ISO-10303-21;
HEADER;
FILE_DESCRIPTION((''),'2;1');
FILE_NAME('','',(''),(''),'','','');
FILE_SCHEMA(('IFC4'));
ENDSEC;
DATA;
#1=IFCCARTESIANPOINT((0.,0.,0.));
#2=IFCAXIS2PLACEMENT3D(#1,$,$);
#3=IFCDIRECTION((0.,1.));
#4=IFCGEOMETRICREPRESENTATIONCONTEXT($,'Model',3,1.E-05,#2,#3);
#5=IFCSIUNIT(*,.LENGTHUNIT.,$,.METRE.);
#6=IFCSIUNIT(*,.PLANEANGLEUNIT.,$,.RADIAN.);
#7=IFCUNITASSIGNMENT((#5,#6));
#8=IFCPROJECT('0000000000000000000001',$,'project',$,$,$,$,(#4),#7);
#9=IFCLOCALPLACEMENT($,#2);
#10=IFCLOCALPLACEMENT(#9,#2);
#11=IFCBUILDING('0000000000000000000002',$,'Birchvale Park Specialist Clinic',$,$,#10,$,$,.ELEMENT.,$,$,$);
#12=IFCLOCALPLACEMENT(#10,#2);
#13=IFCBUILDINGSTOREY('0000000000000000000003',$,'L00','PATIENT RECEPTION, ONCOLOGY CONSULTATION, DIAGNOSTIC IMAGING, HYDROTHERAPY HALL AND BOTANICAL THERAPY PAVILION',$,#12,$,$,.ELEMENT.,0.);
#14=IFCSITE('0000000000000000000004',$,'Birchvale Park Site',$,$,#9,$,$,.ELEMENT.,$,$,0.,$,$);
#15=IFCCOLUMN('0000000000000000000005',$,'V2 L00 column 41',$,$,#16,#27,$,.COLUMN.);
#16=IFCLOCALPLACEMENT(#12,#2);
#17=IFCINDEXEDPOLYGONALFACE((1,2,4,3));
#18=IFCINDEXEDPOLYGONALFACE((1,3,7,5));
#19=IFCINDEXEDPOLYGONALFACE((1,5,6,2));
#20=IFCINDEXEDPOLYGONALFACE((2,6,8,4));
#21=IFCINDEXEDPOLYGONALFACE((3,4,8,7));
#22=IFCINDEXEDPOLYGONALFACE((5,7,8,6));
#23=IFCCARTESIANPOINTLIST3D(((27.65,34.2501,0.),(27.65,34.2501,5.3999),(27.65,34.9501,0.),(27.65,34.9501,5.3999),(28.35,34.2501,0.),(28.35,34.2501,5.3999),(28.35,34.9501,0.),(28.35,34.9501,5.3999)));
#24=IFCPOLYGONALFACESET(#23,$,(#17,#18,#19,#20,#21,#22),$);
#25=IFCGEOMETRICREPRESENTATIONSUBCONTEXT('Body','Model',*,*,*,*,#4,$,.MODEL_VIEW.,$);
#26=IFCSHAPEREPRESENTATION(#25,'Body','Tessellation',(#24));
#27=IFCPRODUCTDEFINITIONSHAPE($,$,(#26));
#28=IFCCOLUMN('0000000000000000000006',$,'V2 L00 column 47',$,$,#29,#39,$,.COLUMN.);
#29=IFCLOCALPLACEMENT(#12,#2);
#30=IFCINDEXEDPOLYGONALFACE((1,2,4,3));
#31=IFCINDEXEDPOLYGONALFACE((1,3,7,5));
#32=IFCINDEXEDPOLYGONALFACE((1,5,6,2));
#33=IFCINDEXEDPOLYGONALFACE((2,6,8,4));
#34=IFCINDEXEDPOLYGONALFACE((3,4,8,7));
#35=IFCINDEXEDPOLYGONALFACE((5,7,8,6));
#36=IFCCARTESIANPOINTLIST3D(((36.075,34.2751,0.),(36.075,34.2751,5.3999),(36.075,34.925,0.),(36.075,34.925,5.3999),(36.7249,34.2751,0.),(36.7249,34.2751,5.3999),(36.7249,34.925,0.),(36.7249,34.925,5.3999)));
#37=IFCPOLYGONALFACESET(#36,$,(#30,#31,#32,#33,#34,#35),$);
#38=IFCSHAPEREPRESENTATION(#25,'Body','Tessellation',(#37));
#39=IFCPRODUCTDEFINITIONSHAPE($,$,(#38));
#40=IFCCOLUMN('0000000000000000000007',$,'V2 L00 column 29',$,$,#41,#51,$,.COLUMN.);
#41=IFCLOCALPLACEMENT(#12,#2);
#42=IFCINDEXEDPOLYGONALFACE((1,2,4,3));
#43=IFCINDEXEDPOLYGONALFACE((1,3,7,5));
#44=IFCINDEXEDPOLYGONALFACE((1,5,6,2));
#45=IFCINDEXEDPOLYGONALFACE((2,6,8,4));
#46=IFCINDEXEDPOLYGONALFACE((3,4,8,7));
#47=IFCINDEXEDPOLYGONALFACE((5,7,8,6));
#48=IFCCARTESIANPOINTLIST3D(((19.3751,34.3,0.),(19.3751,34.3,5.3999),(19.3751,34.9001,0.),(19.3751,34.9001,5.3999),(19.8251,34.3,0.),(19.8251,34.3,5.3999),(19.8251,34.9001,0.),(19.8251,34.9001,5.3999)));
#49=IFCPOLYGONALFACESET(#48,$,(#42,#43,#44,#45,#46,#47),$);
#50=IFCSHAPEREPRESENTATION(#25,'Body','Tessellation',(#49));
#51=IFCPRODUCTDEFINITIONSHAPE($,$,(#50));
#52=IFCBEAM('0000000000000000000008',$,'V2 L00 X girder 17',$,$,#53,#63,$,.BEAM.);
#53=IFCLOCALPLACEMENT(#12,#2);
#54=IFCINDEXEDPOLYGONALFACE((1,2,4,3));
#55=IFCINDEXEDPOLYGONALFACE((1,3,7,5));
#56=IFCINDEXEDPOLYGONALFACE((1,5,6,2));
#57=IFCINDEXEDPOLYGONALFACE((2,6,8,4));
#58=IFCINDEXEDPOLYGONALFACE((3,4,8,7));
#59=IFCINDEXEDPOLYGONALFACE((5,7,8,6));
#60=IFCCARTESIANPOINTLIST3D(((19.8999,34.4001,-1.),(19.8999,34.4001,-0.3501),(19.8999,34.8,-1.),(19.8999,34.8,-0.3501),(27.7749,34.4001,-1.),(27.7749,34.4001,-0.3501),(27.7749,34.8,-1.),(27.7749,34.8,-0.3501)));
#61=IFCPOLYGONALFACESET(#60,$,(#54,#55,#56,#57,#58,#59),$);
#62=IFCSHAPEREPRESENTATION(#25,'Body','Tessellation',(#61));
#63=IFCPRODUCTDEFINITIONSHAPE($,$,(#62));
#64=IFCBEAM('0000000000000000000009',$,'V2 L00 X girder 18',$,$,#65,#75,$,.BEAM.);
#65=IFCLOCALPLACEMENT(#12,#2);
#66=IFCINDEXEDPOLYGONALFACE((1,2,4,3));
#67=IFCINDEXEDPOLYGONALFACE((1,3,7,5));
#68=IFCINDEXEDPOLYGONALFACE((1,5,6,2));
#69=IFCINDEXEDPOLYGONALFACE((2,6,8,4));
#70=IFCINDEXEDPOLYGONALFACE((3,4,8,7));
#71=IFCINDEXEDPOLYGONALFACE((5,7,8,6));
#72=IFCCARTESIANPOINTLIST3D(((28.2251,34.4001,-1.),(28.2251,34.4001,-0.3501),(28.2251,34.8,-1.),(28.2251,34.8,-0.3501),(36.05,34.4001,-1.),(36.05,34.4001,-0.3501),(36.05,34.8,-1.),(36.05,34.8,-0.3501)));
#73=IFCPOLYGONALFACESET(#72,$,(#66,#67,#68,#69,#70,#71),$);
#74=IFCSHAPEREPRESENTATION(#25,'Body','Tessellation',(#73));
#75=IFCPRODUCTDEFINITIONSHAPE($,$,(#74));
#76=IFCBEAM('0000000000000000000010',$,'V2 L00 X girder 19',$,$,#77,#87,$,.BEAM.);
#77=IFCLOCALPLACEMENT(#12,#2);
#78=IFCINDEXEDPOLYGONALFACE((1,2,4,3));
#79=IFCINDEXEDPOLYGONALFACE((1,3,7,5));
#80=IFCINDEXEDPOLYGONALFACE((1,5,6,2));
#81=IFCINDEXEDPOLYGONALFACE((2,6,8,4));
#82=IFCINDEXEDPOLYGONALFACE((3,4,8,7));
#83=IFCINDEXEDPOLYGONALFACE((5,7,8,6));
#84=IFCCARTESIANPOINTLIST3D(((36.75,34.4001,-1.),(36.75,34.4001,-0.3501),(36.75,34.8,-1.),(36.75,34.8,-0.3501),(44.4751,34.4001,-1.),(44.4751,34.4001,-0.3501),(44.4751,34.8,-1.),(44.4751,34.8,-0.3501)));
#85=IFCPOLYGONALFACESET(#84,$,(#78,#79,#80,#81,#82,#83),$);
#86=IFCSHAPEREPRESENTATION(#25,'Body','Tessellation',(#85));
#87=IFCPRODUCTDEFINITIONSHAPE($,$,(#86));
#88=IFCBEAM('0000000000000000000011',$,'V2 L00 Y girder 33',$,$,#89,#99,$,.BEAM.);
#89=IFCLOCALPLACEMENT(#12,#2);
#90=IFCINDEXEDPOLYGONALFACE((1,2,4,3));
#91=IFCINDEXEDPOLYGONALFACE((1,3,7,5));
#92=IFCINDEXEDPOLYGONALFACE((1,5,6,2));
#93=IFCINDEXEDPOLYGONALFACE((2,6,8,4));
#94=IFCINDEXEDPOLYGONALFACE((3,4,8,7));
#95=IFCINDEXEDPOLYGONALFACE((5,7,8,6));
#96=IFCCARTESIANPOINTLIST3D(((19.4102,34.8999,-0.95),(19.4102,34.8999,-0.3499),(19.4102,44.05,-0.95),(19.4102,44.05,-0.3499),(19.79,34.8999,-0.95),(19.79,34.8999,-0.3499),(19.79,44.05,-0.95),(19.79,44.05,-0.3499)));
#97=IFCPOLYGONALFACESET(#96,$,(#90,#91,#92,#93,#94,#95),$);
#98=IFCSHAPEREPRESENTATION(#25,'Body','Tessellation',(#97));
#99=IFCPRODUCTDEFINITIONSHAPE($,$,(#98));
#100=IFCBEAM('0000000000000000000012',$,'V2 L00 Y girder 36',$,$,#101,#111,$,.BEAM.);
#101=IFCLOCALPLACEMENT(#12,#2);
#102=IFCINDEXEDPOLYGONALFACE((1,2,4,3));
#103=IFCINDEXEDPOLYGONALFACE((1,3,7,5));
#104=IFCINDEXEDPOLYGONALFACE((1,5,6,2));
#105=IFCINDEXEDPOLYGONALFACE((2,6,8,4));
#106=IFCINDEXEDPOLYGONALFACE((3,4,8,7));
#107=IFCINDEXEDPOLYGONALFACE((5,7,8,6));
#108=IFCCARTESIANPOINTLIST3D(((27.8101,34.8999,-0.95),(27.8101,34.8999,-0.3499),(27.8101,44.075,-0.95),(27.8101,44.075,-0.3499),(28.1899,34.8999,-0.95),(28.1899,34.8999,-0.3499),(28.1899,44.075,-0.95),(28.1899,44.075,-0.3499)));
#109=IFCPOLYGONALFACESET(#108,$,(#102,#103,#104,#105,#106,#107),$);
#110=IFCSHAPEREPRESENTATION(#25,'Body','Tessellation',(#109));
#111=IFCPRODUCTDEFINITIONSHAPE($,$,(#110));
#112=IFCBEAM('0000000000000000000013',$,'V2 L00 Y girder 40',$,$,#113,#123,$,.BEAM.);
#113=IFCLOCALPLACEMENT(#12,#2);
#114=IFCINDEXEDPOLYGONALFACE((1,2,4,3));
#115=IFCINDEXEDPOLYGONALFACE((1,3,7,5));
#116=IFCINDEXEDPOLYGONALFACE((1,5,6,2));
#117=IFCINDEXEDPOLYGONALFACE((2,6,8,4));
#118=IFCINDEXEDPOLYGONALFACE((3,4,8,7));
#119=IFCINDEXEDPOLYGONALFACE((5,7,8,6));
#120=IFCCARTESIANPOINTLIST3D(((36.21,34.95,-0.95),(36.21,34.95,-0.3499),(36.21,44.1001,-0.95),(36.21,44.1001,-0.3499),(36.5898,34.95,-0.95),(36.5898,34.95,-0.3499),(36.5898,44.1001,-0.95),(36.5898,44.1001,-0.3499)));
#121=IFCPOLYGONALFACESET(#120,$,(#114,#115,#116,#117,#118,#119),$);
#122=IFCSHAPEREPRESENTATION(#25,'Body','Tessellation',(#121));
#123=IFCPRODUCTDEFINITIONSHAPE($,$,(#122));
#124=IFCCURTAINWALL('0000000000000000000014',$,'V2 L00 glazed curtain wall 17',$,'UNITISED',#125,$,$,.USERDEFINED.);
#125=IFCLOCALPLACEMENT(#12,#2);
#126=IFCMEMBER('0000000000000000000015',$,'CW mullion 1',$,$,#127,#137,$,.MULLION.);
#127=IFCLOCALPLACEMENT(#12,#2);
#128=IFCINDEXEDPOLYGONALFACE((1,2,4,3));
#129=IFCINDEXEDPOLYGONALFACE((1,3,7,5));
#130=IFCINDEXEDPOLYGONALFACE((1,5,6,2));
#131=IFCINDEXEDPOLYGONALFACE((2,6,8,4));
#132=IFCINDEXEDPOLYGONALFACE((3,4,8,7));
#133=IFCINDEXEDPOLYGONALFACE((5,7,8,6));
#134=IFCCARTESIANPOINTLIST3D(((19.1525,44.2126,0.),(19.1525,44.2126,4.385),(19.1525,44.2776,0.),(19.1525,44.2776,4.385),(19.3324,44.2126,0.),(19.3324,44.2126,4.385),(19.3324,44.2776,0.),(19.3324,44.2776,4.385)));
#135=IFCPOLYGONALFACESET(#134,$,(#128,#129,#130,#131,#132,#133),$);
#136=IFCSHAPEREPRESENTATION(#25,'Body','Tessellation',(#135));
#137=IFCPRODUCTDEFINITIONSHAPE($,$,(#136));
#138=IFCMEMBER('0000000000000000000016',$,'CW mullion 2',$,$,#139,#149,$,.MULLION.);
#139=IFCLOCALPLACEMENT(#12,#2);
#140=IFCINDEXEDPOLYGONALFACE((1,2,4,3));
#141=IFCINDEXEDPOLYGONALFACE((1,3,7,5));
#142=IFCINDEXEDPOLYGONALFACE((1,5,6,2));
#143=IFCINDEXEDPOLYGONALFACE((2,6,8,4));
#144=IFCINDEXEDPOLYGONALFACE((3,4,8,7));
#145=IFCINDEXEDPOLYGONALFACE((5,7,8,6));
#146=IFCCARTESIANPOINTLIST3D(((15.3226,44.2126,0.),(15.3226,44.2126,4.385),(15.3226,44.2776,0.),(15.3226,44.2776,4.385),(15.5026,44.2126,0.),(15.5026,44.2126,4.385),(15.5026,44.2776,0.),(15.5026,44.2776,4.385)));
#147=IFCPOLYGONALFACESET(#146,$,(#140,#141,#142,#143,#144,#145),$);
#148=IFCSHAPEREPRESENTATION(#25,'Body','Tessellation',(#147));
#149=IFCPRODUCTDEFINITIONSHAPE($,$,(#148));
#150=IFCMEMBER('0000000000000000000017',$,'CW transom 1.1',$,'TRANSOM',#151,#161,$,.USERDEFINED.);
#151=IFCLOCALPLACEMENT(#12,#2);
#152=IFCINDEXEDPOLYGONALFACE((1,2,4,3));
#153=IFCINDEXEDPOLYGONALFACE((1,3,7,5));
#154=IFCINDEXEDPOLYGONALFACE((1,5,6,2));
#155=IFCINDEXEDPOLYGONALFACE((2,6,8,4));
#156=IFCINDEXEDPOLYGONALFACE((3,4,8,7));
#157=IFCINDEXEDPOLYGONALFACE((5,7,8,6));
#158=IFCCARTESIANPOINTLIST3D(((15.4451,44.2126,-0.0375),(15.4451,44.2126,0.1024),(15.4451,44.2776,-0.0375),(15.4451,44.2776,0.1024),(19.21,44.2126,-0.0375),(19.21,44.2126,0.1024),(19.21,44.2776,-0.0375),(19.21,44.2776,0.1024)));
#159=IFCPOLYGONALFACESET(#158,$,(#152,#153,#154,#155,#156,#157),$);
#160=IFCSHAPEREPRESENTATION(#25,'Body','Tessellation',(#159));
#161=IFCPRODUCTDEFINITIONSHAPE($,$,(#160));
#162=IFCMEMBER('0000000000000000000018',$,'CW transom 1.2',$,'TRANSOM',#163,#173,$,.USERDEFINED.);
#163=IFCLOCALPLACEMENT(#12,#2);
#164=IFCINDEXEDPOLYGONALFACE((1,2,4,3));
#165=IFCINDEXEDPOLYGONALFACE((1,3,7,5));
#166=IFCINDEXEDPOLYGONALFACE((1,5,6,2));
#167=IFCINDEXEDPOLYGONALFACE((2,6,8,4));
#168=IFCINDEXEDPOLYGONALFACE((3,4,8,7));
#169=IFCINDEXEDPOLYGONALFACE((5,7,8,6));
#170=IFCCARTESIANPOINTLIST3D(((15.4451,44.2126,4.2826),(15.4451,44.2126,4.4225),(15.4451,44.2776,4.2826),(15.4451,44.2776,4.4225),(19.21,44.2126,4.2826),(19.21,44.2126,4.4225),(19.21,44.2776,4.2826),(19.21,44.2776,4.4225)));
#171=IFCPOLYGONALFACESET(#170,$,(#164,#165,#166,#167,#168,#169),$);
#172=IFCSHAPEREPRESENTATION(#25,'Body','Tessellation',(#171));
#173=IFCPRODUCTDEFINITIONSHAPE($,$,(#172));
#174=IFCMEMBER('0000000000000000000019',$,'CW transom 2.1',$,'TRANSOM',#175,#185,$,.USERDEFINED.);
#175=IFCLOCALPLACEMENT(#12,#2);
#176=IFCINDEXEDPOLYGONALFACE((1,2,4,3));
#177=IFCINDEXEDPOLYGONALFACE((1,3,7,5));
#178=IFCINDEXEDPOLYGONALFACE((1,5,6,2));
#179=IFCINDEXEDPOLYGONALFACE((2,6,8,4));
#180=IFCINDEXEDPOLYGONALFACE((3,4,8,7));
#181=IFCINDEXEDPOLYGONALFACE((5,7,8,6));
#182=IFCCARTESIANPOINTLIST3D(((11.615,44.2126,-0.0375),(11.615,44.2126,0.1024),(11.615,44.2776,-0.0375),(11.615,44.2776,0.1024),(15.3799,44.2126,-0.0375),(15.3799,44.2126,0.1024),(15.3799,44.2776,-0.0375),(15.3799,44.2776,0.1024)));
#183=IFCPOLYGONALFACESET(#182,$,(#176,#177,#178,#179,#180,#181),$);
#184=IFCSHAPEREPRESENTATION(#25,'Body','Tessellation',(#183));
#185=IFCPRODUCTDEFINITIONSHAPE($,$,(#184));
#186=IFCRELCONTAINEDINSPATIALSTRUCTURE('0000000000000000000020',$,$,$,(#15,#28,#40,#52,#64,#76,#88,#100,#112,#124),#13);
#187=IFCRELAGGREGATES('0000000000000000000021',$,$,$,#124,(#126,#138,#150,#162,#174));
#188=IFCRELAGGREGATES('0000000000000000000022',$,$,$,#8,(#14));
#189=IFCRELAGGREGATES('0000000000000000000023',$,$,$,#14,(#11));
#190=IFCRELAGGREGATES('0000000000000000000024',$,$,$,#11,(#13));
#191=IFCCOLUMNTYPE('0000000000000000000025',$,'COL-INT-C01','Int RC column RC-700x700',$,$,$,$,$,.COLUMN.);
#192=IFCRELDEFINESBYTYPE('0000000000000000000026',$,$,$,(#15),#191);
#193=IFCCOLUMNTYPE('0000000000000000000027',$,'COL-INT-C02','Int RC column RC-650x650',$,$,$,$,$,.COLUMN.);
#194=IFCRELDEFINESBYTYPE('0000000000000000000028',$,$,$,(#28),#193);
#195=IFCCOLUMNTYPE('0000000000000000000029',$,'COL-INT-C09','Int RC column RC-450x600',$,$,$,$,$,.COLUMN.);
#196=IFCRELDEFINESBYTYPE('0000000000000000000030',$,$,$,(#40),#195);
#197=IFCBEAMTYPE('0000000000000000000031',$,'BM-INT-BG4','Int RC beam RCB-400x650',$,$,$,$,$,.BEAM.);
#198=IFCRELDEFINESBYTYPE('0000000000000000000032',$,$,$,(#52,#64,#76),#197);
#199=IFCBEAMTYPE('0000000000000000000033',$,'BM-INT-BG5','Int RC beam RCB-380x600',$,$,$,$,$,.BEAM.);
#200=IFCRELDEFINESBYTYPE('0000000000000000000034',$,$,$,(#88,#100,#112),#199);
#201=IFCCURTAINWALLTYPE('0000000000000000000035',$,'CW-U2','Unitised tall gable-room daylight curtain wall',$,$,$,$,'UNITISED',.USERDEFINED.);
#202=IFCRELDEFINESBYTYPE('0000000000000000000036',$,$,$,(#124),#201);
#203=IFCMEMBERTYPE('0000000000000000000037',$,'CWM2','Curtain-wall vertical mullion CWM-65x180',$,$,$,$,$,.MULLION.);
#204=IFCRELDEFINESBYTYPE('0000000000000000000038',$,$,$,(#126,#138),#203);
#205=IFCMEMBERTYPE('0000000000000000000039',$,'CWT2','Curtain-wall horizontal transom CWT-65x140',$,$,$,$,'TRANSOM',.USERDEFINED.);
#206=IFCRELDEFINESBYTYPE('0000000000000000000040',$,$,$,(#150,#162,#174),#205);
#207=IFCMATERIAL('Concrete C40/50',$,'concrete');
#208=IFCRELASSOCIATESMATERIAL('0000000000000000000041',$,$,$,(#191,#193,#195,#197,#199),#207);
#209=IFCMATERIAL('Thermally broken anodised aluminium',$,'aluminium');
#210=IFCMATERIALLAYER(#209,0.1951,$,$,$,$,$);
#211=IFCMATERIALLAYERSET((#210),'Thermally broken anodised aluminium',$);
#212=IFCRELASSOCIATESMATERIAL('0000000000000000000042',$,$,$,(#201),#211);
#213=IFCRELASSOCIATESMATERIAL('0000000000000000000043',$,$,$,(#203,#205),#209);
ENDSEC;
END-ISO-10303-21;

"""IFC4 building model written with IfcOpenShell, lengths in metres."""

from ifc_helpers import new_model, si_unit, direction, frame, origin, origin_2d, place, context, subcontext, project, spatial, rectangle, extrude, material, layer, layer_set, material_profile, profile_set, type_object, element, aggregate, save


model = new_model("IFC4")

# Units and contexts
model_context = context("Model", 3, precision=1e-05, world=origin(), true_north=direction((0.0, 1.0)))
body_context = subcontext(model_context, "Body", "Model", "MODEL_VIEW")
ifc_project = project(units=[si_unit("LENGTHUNIT", "METRE"), si_unit("PLANEANGLEUNIT", "RADIAN")], contexts=[model_context])

# Site, building, storey
site_placement = place(None, origin())
site = spatial("IfcSite", under=ifc_project, at=site_placement, Name="Birchvale Park Site", CompositionType="ELEMENT", RefElevation=0.0)
building_placement = place(site_placement, origin())
building = spatial("IfcBuilding", under=site, at=building_placement, Name="Birchvale Park Specialist Clinic", CompositionType="ELEMENT")
storey_placement = place(building_placement, origin())
storey = spatial("IfcBuildingStorey", under=building, at=storey_placement, Name="L00", Description="PATIENT RECEPTION, ONCOLOGY CONSULTATION, DIAGNOSTIC IMAGING, HYDROTHERAPY HALL AND BOTANICAL THERAPY PAVILION", CompositionType="ELEMENT", Elevation=0.0)

# Columns
ifc_material_1 = material(Name="Concrete C40/50", Category="concrete")
ifc_material_profile_1 = material_profile(ifc_material_1, rectangle(XDim=0.7, YDim=0.7, at=origin_2d()), Name="RC-700x700")
ifc_profile_set_1 = profile_set([ifc_material_profile_1], Name="Concrete C40/50")
column_type_1 = type_object("IfcColumnType", Name="COL-INT-C01", Description="Int RC column RC-700x700", PredefinedType="COLUMN", material=ifc_profile_set_1)
column_1_placement = place(storey_placement, frame((28.0, 34.6001, 0.0), z_axis=(0.0, 0.0, 1.0), x_axis=(1.0, 0.0, 0.0)))
element("IfcColumn", 1, at=column_1_placement, inside=storey, type_object=column_type_1, Name="V2 L00 column 41", PredefinedType="COLUMN", context=body_context, shape_type="SweptSolid", body=[
    extrude(rectangle(XDim=0.7, YDim=0.7, at=origin_2d()), origin(), (0.0, 0.0, 1.0), 5.3999),
])
ifc_material_profile_2 = material_profile(ifc_material_1, rectangle(XDim=0.6499, YDim=0.6499, at=origin_2d()), Name="RC-650x650")
ifc_profile_set_2 = profile_set([ifc_material_profile_2], Name="Concrete C40/50")
column_type_2 = type_object("IfcColumnType", Name="COL-INT-C02", Description="Int RC column RC-650x650", PredefinedType="COLUMN", material=ifc_profile_set_2)
column_2_placement = place(storey_placement, frame((36.3999, 34.6001, 0.0), z_axis=(0.0, 0.0, 1.0), x_axis=(1.0, 0.0, 0.0)))
element("IfcColumn", 2, at=column_2_placement, inside=storey, type_object=column_type_2, Name="V2 L00 column 47", PredefinedType="COLUMN", context=body_context, shape_type="SweptSolid", body=[
    extrude(rectangle(XDim=0.6499, YDim=0.6499, at=origin_2d()), origin(), (0.0, 0.0, 1.0), 5.3999),
])
ifc_material_profile_3 = material_profile(ifc_material_1, rectangle(XDim=0.45, YDim=0.6001, at=origin_2d()), Name="RC-450x600")
ifc_profile_set_3 = profile_set([ifc_material_profile_3], Name="Concrete C40/50")
column_type_3 = type_object("IfcColumnType", Name="COL-INT-C09", Description="Int RC column RC-450x600", PredefinedType="COLUMN", material=ifc_profile_set_3)
column_3_placement = place(storey_placement, frame((19.6001, 34.6001, 0.0), z_axis=(0.0, 0.0, 1.0), x_axis=(1.0, 0.0, 0.0)))
element("IfcColumn", 3, at=column_3_placement, inside=storey, type_object=column_type_3, Name="V2 L00 column 29", PredefinedType="COLUMN", context=body_context, shape_type="SweptSolid", body=[
    extrude(rectangle(XDim=0.45, YDim=0.6001, at=origin_2d()), origin(), (0.0, 0.0, 1.0), 5.3999),
])

# Beams
ifc_material_profile_4 = material_profile(ifc_material_1, rectangle(XDim=0.3999, YDim=0.6499, at=origin_2d()), Name="RCB-400x650")
ifc_profile_set_4 = profile_set([ifc_material_profile_4], Name="Concrete C40/50")
beam_type_1 = type_object("IfcBeamType", Name="BM-INT-BG4", Description="Int RC beam RCB-400x650", PredefinedType="BEAM", material=ifc_profile_set_4)
beam_1_placement = place(storey_placement, frame((19.8999, 34.6001, -0.675), z_axis=(1.0, 0.0, 0.0), x_axis=(0.0, 1.0, 0.0)))
element("IfcBeam", 4, at=beam_1_placement, inside=storey, type_object=beam_type_1, Name="V2 L00 X girder 17", PredefinedType="BEAM", context=body_context, shape_type="SweptSolid", body=[
    extrude(rectangle(XDim=0.3999, YDim=0.6499, at=origin_2d()), origin(), (0.0, 0.0, 1.0), 7.875),
])
beam_2_placement = place(storey_placement, frame((28.2251, 34.6001, -0.675), z_axis=(1.0, 0.0, 0.0), x_axis=(0.0, 1.0, 0.0)))
element("IfcBeam", 5, at=beam_2_placement, inside=storey, type_object=beam_type_1, Name="V2 L00 X girder 18", PredefinedType="BEAM", context=body_context, shape_type="SweptSolid", body=[
    extrude(rectangle(XDim=0.3999, YDim=0.6499, at=origin_2d()), origin(), (0.0, 0.0, 1.0), 7.825),
])
beam_3_placement = place(storey_placement, frame((36.75, 34.6001, -0.675), z_axis=(1.0, 0.0, 0.0), x_axis=(0.0, 1.0, 0.0)))
element("IfcBeam", 6, at=beam_3_placement, inside=storey, type_object=beam_type_1, Name="V2 L00 X girder 19", PredefinedType="BEAM", context=body_context, shape_type="SweptSolid", body=[
    extrude(rectangle(XDim=0.3999, YDim=0.6499, at=origin_2d()), origin(), (0.0, 0.0, 1.0), 7.7251),
])
ifc_material_profile_5 = material_profile(ifc_material_1, rectangle(XDim=0.3799, YDim=0.6001, at=origin_2d()), Name="RCB-380x600")
ifc_profile_set_5 = profile_set([ifc_material_profile_5], Name="Concrete C40/50")
beam_type_2 = type_object("IfcBeamType", Name="BM-INT-BG5", Description="Int RC beam RCB-380x600", PredefinedType="BEAM", material=ifc_profile_set_5)
beam_4_placement = place(storey_placement, frame((19.6001, 34.8999, -0.6499), z_axis=(0.0, 1.0, 0.0), x_axis=(-1.0, 0.0, 0.0)))
element("IfcBeam", 7, at=beam_4_placement, inside=storey, type_object=beam_type_2, Name="V2 L00 Y girder 33", PredefinedType="BEAM", context=body_context, shape_type="SweptSolid", body=[
    extrude(rectangle(XDim=0.3799, YDim=0.6001, at=origin_2d()), origin(), (0.0, 0.0, 1.0), 9.1501),
])
beam_5_placement = place(storey_placement, frame((28.0, 34.8999, -0.6499), z_axis=(0.0, 1.0, 0.0), x_axis=(-1.0, 0.0, 0.0)))
element("IfcBeam", 8, at=beam_5_placement, inside=storey, type_object=beam_type_2, Name="V2 L00 Y girder 36", PredefinedType="BEAM", context=body_context, shape_type="SweptSolid", body=[
    extrude(rectangle(XDim=0.3799, YDim=0.6001, at=origin_2d()), origin(), (0.0, 0.0, 1.0), 9.175),
])
beam_6_placement = place(storey_placement, frame((36.3999, 34.95, -0.6499), z_axis=(0.0, 1.0, 0.0), x_axis=(-1.0, 0.0, 0.0)))
element("IfcBeam", 9, at=beam_6_placement, inside=storey, type_object=beam_type_2, Name="V2 L00 Y girder 40", PredefinedType="BEAM", context=body_context, shape_type="SweptSolid", body=[
    extrude(rectangle(XDim=0.3799, YDim=0.6001, at=origin_2d()), origin(), (0.0, 0.0, 1.0), 9.1501),
])

# Curtain wall, members
ifc_material_2 = material(Name="Thermally broken anodised aluminium", Category="aluminium")
ifc_layer_1 = layer(ifc_material_2, 0.1951)
ifc_layer_set_1 = layer_set([ifc_layer_1], Name="Thermally broken anodised aluminium")
curtain_wall_type = type_object("IfcCurtainWallType", Name="CW-U2", Description="Unitised tall gable-room daylight curtain wall", ElementType="UNITISED", PredefinedType="USERDEFINED", material=ifc_layer_set_1)
curtain_wall_placement = place(storey_placement, origin())
curtain_wall = element("IfcCurtainWall", 10, at=curtain_wall_placement, inside=storey, type_object=curtain_wall_type, Name="V2 L00 glazed curtain wall 17", ObjectType="UNITISED", PredefinedType="USERDEFINED")
ifc_material_profile_6 = material_profile(ifc_material_2, rectangle(XDim=0.0649, YDim=0.1799, at=origin_2d()), Name="CWM-65x180")
ifc_profile_set_6 = profile_set([ifc_material_profile_6], Name="Thermally broken anodised aluminium")
member_type_1 = type_object("IfcMemberType", Name="CWM2", Description="Curtain-wall vertical mullion CWM-65x180", PredefinedType="MULLION", material=ifc_profile_set_6)
member_1_placement = place(storey_placement, frame((19.2424, 44.2451, 0.0), z_axis=(0.0, 0.0, 1.0), x_axis=(0.0, -1.0, 0.0)))
member_1 = element("IfcMember", 11, at=member_1_placement, type_object=member_type_1, Name="CW mullion 1", PredefinedType="MULLION", context=body_context, shape_type="SweptSolid", body=[
    extrude(rectangle(XDim=0.0649, YDim=0.1799, at=origin_2d()), origin(), (0.0, 0.0, 1.0), 4.385),
])
member_2_placement = place(storey_placement, frame((15.4126, 44.2451, 0.0), z_axis=(0.0, 0.0, 1.0), x_axis=(0.0, -1.0, 0.0)))
member_2 = element("IfcMember", 12, at=member_2_placement, type_object=member_type_1, Name="CW mullion 2", PredefinedType="MULLION", context=body_context, shape_type="SweptSolid", body=[
    extrude(rectangle(XDim=0.0649, YDim=0.1799, at=origin_2d()), origin(), (0.0, 0.0, 1.0), 4.385),
])
ifc_material_profile_7 = material_profile(ifc_material_2, rectangle(XDim=0.0649, YDim=0.1399, at=origin_2d()), Name="CWT-65x140")
ifc_profile_set_7 = profile_set([ifc_material_profile_7], Name="Thermally broken anodised aluminium")
member_type_2 = type_object("IfcMemberType", Name="CWT2", Description="Curtain-wall horizontal transom CWT-65x140", ElementType="TRANSOM", PredefinedType="USERDEFINED", material=ifc_profile_set_7)
member_3_placement = place(storey_placement, frame((19.21, 44.2451, 0.0325), z_axis=(-1.0, 0.0, 0.0), x_axis=(0.0, -1.0, 0.0)))
member_3 = element("IfcMember", 13, at=member_3_placement, type_object=member_type_2, Name="CW transom 1.1", ObjectType="TRANSOM", PredefinedType="USERDEFINED", context=body_context, shape_type="SweptSolid", body=[
    extrude(rectangle(XDim=0.0649, YDim=0.1399, at=origin_2d()), origin(), (0.0, 0.0, 1.0), 3.7649),
])
member_4_placement = place(storey_placement, frame((19.21, 44.2451, 4.3525), z_axis=(-1.0, 0.0, 0.0), x_axis=(0.0, -1.0, 0.0)))
member_4 = element("IfcMember", 14, at=member_4_placement, type_object=member_type_2, Name="CW transom 1.2", ObjectType="TRANSOM", PredefinedType="USERDEFINED", context=body_context, shape_type="SweptSolid", body=[
    extrude(rectangle(XDim=0.0649, YDim=0.1399, at=origin_2d()), origin(), (0.0, 0.0, 1.0), 3.7649),
])
member_5_placement = place(storey_placement, frame((15.3799, 44.2451, 0.0325), z_axis=(-1.0, 0.0, 0.0), x_axis=(0.0, -1.0, 0.0)))
member_5 = element("IfcMember", 15, at=member_5_placement, type_object=member_type_2, Name="CW transom 2.1", ObjectType="TRANSOM", PredefinedType="USERDEFINED", context=body_context, shape_type="SweptSolid", body=[
    extrude(rectangle(XDim=0.0649, YDim=0.1399, at=origin_2d()), origin(), (0.0, 0.0, 1.0), 3.7649),
])

aggregate(curtain_wall, [member_1, member_2, member_3, member_4, member_5])

save(model, "model.ifc")
